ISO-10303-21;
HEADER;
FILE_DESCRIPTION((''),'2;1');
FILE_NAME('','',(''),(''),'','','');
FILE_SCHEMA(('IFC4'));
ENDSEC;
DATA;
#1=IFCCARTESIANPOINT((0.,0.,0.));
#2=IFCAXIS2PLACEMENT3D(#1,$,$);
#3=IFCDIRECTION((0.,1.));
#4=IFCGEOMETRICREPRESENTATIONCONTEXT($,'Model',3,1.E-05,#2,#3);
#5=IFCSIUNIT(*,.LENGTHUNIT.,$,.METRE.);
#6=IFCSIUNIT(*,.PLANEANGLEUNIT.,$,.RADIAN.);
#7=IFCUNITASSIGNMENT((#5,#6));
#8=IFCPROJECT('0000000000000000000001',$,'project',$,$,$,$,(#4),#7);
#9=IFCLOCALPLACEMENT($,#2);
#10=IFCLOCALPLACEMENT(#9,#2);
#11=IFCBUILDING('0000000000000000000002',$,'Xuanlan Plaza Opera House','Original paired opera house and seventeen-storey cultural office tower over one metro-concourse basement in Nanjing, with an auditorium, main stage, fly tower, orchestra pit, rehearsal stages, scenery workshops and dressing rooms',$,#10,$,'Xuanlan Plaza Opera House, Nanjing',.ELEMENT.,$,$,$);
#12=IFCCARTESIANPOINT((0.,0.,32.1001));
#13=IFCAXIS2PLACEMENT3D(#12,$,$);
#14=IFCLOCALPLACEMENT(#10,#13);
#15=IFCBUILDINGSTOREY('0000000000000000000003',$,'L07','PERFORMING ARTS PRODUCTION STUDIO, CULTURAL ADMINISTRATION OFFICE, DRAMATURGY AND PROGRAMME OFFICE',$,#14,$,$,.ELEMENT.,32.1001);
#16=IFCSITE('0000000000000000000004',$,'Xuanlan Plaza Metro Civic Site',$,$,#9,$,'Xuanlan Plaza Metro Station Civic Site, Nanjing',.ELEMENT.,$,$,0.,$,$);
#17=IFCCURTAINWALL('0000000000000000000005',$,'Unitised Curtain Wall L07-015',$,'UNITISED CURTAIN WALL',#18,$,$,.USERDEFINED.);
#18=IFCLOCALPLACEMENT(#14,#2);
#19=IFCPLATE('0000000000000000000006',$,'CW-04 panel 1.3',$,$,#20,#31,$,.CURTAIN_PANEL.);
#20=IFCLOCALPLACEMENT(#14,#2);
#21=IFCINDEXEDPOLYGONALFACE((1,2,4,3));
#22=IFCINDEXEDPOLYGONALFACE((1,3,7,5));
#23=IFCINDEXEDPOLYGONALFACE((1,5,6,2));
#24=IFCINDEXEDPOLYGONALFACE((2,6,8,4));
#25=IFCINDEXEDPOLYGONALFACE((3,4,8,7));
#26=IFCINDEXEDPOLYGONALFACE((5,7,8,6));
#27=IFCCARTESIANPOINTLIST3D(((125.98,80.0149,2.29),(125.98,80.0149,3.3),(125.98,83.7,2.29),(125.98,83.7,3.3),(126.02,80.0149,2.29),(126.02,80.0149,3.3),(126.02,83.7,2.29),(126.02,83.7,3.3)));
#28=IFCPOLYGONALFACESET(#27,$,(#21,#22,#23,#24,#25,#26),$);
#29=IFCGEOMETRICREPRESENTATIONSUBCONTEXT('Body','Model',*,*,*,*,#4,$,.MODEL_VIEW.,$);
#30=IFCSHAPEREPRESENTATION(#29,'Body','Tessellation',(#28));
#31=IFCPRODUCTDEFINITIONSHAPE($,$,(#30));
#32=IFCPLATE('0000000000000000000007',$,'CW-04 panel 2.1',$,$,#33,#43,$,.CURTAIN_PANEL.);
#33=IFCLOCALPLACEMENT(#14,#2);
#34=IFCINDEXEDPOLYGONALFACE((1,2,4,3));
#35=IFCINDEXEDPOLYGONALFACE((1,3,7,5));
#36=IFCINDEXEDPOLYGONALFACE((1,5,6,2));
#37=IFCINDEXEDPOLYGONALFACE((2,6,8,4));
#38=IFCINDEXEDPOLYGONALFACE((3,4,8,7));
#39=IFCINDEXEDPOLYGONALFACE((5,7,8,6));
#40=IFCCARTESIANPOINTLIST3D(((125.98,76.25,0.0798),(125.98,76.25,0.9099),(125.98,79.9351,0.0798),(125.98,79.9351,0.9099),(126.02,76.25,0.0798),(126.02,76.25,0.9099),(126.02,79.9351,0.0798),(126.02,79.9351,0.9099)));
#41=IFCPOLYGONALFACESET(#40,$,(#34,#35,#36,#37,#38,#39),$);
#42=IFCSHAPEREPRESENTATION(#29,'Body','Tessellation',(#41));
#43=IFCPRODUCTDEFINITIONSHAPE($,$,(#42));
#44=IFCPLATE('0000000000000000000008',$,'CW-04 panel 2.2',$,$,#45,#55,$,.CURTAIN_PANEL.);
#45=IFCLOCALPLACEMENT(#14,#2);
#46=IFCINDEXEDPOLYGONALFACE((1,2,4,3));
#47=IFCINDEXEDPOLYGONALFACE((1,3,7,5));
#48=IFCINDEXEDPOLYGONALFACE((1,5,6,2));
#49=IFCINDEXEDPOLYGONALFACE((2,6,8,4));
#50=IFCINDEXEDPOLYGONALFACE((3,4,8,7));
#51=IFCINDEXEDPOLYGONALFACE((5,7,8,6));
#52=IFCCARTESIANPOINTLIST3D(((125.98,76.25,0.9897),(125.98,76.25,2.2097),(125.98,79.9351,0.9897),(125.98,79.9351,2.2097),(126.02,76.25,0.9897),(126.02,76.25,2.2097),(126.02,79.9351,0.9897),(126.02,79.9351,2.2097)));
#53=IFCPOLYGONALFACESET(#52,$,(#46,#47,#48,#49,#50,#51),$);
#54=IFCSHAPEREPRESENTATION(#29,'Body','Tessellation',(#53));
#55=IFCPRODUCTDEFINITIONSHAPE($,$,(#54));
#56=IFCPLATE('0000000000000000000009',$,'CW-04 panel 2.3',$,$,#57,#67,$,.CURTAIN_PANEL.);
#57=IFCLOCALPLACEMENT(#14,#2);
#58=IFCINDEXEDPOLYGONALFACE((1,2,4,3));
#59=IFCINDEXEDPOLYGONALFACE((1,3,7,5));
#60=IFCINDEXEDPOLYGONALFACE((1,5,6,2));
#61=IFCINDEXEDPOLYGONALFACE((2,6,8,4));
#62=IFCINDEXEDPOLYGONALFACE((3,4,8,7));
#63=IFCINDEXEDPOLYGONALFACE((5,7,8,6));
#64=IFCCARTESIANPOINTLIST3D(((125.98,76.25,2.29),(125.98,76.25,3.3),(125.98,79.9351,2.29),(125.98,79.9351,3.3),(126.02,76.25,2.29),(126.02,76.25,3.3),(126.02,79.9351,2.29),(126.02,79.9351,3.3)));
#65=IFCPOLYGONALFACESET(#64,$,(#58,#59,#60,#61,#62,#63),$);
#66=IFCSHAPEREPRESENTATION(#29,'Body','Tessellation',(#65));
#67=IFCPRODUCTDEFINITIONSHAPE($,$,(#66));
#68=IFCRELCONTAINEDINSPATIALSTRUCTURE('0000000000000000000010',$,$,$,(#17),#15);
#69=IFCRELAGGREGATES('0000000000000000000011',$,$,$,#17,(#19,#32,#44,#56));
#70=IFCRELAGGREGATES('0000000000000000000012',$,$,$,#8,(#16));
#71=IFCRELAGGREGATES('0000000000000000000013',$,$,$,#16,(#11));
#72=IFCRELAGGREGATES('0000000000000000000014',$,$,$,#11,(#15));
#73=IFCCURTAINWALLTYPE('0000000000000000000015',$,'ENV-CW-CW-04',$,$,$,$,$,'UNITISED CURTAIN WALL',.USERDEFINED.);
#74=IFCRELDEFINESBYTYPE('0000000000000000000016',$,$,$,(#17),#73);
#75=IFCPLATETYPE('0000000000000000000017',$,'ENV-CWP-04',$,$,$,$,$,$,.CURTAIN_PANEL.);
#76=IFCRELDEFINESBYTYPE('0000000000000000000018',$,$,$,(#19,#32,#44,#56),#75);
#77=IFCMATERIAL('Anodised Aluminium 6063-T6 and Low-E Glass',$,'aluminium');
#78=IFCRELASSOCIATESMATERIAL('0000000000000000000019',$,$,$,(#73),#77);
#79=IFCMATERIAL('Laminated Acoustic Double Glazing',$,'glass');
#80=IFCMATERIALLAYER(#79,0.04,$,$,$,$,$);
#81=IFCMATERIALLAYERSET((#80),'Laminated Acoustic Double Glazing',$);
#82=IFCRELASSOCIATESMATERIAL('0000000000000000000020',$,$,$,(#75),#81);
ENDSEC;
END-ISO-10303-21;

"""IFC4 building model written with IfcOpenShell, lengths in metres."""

from ifc_helpers import new_model, si_unit, direction, frame, origin, origin_2d, place, context, subcontext, project, spatial, rectangle, extrude, material, layer, layer_set, type_object, element, aggregate, save


model = new_model("IFC4")

# Units and contexts
model_context = context("Model", 3, precision=1e-05, world=origin(), true_north=direction((0.0, 1.0)))
body_context = subcontext(model_context, "Body", "Model", "MODEL_VIEW")
ifc_project = project(units=[si_unit("LENGTHUNIT", "METRE"), si_unit("PLANEANGLEUNIT", "RADIAN")], contexts=[model_context])

# Site, building, storey
site_placement = place(None, origin())
site = spatial("IfcSite", under=ifc_project, at=site_placement, Name="Xuanlan Plaza Metro Civic Site", LongName="Xuanlan Plaza Metro Station Civic Site, Nanjing", CompositionType="ELEMENT", RefElevation=0.0)
building_placement = place(site_placement, origin())
building = spatial("IfcBuilding", under=site, at=building_placement, Name="Xuanlan Plaza Opera House", Description="Original paired opera house and seventeen-storey cultural office tower over one metro-concourse basement in Nanjing, with an auditorium, main stage, fly tower, orchestra pit, rehearsal stages, scenery workshops and dressing rooms", LongName="Xuanlan Plaza Opera House, Nanjing", CompositionType="ELEMENT")
storey_placement = place(building_placement, frame((0.0, 0.0, 32.1001)))
storey = spatial("IfcBuildingStorey", under=building, at=storey_placement, Name="L07", Description="PERFORMING ARTS PRODUCTION STUDIO, CULTURAL ADMINISTRATION OFFICE, DRAMATURGY AND PROGRAMME OFFICE", CompositionType="ELEMENT", Elevation=32.1001)

# Curtain wall
ifc_material_1 = material(Name="Anodised Aluminium 6063-T6 and Low-E Glass", Category="aluminium")
curtain_wall_type_1 = type_object("IfcCurtainWallType", Name="ENV-CW-CW-04", ElementType="UNITISED CURTAIN WALL", PredefinedType="USERDEFINED", material=ifc_material_1)
curtain_wall_1_placement = place(storey_placement, origin())
curtain_wall_1 = element("IfcCurtainWall", 1, at=curtain_wall_1_placement, inside=storey, type_object=curtain_wall_type_1, Name="Unitised Curtain Wall L07-015", ObjectType="UNITISED CURTAIN WALL", PredefinedType="USERDEFINED")

# Plates
ifc_material_2 = material(Name="Laminated Acoustic Double Glazing", Category="glass")
ifc_layer_1 = layer(ifc_material_2, 0.04)
ifc_layer_set_1 = layer_set([ifc_layer_1], Name="Laminated Acoustic Double Glazing")
plate_type_1 = type_object("IfcPlateType", Name="ENV-CWP-04", PredefinedType="CURTAIN_PANEL", material=ifc_layer_set_1)
plate_1_placement = place(storey_placement, frame((126.0, 81.8574, 2.29), z_axis=(0.0, 0.0, 1.0), x_axis=(0.0, -1.0, 0.0)))
plate_1 = element("IfcPlate", 2, at=plate_1_placement, type_object=plate_type_1, Name="CW-04 panel 1.3", PredefinedType="CURTAIN_PANEL", context=body_context, shape_type="SweptSolid", body=[
    extrude(rectangle(XDim=3.6851, YDim=0.04, at=origin_2d()), origin(), (0.0, 0.0, 1.0), 1.01),
])
plate_2_placement = place(storey_placement, frame((126.0, 78.0925, 0.0798), z_axis=(0.0, 0.0, 1.0), x_axis=(0.0, -1.0, 0.0)))
plate_2 = element("IfcPlate", 3, at=plate_2_placement, type_object=plate_type_1, Name="CW-04 panel 2.1", PredefinedType="CURTAIN_PANEL", context=body_context, shape_type="SweptSolid", body=[
    extrude(rectangle(XDim=3.6851, YDim=0.04, at=origin_2d()), origin(), (0.0, 0.0, 1.0), 0.8301),
])
plate_3_placement = place(storey_placement, frame((126.0, 78.0925, 0.9897), z_axis=(0.0, 0.0, 1.0), x_axis=(0.0, -1.0, 0.0)))
plate_3 = element("IfcPlate", 4, at=plate_3_placement, type_object=plate_type_1, Name="CW-04 panel 2.2", PredefinedType="CURTAIN_PANEL", context=body_context, shape_type="SweptSolid", body=[
    extrude(rectangle(XDim=3.6851, YDim=0.04, at=origin_2d()), origin(), (0.0, 0.0, 1.0), 1.22),
])
plate_4_placement = place(storey_placement, frame((126.0, 78.0925, 2.29), z_axis=(0.0, 0.0, 1.0), x_axis=(0.0, -1.0, 0.0)))
plate_4 = element("IfcPlate", 5, at=plate_4_placement, type_object=plate_type_1, Name="CW-04 panel 2.3", PredefinedType="CURTAIN_PANEL", context=body_context, shape_type="SweptSolid", body=[
    extrude(rectangle(XDim=3.6851, YDim=0.04, at=origin_2d()), origin(), (0.0, 0.0, 1.0), 1.01),
])
aggregate(curtain_wall_1, [plate_1, plate_2, plate_3, plate_4])

save(model, "model.ifc")
